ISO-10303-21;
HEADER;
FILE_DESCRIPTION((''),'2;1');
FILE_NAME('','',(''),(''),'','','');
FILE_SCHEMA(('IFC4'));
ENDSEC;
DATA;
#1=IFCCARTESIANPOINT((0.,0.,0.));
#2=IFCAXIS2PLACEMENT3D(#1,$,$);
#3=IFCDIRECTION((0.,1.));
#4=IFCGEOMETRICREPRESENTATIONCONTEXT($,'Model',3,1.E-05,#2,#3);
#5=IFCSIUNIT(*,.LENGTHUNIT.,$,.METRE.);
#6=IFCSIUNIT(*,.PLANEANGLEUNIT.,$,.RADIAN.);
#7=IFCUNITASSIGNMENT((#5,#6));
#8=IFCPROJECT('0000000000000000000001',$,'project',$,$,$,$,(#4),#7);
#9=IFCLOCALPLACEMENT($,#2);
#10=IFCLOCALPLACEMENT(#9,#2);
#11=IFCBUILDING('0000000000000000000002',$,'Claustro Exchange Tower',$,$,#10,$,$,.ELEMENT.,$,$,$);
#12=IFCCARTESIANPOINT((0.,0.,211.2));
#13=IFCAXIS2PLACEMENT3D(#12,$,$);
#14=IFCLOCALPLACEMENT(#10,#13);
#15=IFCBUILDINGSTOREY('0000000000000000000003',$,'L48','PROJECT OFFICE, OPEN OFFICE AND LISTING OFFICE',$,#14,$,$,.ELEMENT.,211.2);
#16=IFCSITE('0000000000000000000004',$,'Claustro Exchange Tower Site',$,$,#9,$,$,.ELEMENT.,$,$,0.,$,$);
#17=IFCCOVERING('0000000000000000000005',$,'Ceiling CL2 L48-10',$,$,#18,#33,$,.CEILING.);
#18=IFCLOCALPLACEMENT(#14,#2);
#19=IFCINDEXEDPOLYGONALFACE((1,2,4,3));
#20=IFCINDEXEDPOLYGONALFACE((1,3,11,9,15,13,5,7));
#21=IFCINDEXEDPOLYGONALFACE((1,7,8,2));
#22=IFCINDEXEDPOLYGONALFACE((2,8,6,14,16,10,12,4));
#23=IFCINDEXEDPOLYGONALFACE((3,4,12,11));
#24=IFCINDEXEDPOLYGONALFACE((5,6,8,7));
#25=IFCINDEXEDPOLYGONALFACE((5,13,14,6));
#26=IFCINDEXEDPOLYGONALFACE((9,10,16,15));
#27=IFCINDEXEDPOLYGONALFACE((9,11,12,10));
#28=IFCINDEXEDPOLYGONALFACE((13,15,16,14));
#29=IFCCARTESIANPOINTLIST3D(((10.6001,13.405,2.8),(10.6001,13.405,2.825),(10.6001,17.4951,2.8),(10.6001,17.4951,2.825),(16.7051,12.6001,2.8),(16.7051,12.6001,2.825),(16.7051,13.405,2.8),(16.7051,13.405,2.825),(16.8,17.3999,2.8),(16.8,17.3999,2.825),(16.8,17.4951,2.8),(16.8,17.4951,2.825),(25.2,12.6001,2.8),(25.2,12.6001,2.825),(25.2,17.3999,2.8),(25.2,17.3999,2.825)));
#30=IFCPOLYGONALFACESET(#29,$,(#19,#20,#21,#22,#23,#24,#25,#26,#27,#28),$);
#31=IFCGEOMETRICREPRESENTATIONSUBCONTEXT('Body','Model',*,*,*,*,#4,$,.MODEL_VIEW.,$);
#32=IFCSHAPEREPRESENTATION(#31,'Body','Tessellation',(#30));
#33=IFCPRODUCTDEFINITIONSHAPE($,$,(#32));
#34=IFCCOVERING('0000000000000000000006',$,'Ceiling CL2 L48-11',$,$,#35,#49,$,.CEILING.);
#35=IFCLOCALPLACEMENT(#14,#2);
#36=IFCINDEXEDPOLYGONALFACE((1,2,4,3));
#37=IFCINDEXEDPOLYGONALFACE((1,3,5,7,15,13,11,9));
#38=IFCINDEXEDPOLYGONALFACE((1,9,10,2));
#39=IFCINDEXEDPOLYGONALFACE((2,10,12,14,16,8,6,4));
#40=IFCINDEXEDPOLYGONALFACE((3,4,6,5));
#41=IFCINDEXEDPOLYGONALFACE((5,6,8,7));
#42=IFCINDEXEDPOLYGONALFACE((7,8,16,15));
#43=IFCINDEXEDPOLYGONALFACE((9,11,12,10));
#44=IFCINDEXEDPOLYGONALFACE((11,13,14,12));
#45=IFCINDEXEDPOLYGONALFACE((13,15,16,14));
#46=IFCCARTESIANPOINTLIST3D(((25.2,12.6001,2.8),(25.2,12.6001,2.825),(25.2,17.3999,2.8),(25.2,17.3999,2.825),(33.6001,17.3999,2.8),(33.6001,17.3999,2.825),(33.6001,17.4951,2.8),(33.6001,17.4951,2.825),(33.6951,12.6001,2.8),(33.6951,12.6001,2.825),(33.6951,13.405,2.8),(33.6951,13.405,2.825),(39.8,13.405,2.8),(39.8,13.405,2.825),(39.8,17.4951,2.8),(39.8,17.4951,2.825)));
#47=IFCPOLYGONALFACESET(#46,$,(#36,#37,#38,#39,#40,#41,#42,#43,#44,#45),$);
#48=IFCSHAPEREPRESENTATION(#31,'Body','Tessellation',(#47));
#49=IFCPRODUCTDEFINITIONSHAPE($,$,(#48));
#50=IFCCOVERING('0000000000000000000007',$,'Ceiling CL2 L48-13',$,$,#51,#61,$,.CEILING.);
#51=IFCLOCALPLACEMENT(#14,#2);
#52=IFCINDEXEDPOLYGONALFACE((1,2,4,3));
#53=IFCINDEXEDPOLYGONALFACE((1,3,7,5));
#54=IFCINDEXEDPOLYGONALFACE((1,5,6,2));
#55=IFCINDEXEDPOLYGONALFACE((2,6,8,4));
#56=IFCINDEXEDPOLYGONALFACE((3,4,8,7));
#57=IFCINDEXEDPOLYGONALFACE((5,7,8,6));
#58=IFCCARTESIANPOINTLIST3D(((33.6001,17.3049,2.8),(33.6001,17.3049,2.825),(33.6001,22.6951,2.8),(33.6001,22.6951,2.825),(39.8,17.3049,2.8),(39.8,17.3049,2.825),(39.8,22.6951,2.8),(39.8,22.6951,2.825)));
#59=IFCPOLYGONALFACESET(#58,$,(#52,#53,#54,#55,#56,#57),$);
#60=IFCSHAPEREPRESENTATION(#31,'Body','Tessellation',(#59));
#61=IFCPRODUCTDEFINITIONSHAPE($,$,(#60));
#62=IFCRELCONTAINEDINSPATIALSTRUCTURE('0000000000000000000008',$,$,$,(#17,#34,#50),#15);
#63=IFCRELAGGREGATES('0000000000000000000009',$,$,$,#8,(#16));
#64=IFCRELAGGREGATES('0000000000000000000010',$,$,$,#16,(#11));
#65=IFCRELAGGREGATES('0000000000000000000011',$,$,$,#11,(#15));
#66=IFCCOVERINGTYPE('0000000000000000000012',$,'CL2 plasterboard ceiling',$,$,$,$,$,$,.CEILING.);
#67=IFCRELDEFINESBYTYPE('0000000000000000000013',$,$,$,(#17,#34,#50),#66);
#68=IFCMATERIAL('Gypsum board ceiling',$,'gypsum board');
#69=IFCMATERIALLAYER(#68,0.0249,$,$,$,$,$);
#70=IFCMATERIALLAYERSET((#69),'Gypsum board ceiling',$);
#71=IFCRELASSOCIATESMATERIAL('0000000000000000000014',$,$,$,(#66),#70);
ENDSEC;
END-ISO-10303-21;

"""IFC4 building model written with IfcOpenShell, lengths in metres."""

from ifc_helpers import new_model, si_unit, direction, frame, origin, place, context, subcontext, project, spatial, polyline, outline, extrude, material, layer, layer_set, type_object, element, save


model = new_model("IFC4")

# Units and contexts
model_context = context("Model", 3, precision=1e-05, world=origin(), true_north=direction((0.0, 1.0)))
body_context = subcontext(model_context, "Body", "Model", "MODEL_VIEW")
ifc_project = project(units=[si_unit("LENGTHUNIT", "METRE"), si_unit("PLANEANGLEUNIT", "RADIAN")], contexts=[model_context])

# Site, building, storey
site_placement = place(None, origin())
site = spatial("IfcSite", under=ifc_project, at=site_placement, Name="Claustro Exchange Tower Site", CompositionType="ELEMENT", RefElevation=0.0)
building_placement = place(site_placement, origin())
building = spatial("IfcBuilding", under=site, at=building_placement, Name="Claustro Exchange Tower", CompositionType="ELEMENT")
storey_placement = place(building_placement, frame((0.0, 0.0, 211.2)))
storey = spatial("IfcBuildingStorey", under=building, at=storey_placement, Name="L48", Description="PROJECT OFFICE, OPEN OFFICE AND LISTING OFFICE", CompositionType="ELEMENT", Elevation=211.2)

# Coverings
ifc_material_1 = material(Name="Gypsum board ceiling", Category="gypsum board")
ifc_layer_1 = layer(ifc_material_1, 0.0249)
ifc_layer_set_1 = layer_set([ifc_layer_1], Name="Gypsum board ceiling")
covering_type_1 = type_object("IfcCoveringType", Name="CL2 plasterboard ceiling", PredefinedType="CEILING", material=ifc_layer_set_1)
covering_1_placement = place(storey_placement, frame((0.0, 0.0, 2.8)))
element("IfcCovering", 1, at=covering_1_placement, inside=storey, type_object=covering_type_1, Name="Ceiling CL2 L48-10", PredefinedType="CEILING", context=body_context, shape_type="SweptSolid", body=[
    extrude(outline(polyline([(25.2, 17.3999), (16.8, 17.3999), (16.8, 17.4951), (10.6001, 17.4951), (10.6001, 13.405), (16.7051, 13.405), (16.7051, 12.6001), (25.2, 12.6001), (25.2, 17.3999)])), origin(), (0.0, 0.0, 1.0), 0.0249),
])
covering_2_placement = place(storey_placement, frame((0.0, 0.0, 2.8)))
element("IfcCovering", 2, at=covering_2_placement, inside=storey, type_object=covering_type_1, Name="Ceiling CL2 L48-11", PredefinedType="CEILING", context=body_context, shape_type="SweptSolid", body=[
    extrude(outline(polyline([(39.8, 13.405), (39.8, 17.4951), (33.6001, 17.4951), (33.6001, 17.3999), (25.2, 17.3999), (25.2, 12.6001), (33.6951, 12.6001), (33.6951, 13.405), (39.8, 13.405)])), origin(), (0.0, 0.0, 1.0), 0.0249),
])
covering_3_placement = place(storey_placement, frame((0.0, 0.0, 2.8)))
element("IfcCovering", 3, at=covering_3_placement, inside=storey, type_object=covering_type_1, Name="Ceiling CL2 L48-13", PredefinedType="CEILING", context=body_context, shape_type="SweptSolid", body=[
    extrude(outline(polyline([(33.6001, 22.6951), (33.6001, 17.3049), (39.8, 17.3049), (39.8, 22.6951), (33.6001, 22.6951)])), origin(), (0.0, 0.0, 1.0), 0.0249),
])

save(model, "model.ifc")
